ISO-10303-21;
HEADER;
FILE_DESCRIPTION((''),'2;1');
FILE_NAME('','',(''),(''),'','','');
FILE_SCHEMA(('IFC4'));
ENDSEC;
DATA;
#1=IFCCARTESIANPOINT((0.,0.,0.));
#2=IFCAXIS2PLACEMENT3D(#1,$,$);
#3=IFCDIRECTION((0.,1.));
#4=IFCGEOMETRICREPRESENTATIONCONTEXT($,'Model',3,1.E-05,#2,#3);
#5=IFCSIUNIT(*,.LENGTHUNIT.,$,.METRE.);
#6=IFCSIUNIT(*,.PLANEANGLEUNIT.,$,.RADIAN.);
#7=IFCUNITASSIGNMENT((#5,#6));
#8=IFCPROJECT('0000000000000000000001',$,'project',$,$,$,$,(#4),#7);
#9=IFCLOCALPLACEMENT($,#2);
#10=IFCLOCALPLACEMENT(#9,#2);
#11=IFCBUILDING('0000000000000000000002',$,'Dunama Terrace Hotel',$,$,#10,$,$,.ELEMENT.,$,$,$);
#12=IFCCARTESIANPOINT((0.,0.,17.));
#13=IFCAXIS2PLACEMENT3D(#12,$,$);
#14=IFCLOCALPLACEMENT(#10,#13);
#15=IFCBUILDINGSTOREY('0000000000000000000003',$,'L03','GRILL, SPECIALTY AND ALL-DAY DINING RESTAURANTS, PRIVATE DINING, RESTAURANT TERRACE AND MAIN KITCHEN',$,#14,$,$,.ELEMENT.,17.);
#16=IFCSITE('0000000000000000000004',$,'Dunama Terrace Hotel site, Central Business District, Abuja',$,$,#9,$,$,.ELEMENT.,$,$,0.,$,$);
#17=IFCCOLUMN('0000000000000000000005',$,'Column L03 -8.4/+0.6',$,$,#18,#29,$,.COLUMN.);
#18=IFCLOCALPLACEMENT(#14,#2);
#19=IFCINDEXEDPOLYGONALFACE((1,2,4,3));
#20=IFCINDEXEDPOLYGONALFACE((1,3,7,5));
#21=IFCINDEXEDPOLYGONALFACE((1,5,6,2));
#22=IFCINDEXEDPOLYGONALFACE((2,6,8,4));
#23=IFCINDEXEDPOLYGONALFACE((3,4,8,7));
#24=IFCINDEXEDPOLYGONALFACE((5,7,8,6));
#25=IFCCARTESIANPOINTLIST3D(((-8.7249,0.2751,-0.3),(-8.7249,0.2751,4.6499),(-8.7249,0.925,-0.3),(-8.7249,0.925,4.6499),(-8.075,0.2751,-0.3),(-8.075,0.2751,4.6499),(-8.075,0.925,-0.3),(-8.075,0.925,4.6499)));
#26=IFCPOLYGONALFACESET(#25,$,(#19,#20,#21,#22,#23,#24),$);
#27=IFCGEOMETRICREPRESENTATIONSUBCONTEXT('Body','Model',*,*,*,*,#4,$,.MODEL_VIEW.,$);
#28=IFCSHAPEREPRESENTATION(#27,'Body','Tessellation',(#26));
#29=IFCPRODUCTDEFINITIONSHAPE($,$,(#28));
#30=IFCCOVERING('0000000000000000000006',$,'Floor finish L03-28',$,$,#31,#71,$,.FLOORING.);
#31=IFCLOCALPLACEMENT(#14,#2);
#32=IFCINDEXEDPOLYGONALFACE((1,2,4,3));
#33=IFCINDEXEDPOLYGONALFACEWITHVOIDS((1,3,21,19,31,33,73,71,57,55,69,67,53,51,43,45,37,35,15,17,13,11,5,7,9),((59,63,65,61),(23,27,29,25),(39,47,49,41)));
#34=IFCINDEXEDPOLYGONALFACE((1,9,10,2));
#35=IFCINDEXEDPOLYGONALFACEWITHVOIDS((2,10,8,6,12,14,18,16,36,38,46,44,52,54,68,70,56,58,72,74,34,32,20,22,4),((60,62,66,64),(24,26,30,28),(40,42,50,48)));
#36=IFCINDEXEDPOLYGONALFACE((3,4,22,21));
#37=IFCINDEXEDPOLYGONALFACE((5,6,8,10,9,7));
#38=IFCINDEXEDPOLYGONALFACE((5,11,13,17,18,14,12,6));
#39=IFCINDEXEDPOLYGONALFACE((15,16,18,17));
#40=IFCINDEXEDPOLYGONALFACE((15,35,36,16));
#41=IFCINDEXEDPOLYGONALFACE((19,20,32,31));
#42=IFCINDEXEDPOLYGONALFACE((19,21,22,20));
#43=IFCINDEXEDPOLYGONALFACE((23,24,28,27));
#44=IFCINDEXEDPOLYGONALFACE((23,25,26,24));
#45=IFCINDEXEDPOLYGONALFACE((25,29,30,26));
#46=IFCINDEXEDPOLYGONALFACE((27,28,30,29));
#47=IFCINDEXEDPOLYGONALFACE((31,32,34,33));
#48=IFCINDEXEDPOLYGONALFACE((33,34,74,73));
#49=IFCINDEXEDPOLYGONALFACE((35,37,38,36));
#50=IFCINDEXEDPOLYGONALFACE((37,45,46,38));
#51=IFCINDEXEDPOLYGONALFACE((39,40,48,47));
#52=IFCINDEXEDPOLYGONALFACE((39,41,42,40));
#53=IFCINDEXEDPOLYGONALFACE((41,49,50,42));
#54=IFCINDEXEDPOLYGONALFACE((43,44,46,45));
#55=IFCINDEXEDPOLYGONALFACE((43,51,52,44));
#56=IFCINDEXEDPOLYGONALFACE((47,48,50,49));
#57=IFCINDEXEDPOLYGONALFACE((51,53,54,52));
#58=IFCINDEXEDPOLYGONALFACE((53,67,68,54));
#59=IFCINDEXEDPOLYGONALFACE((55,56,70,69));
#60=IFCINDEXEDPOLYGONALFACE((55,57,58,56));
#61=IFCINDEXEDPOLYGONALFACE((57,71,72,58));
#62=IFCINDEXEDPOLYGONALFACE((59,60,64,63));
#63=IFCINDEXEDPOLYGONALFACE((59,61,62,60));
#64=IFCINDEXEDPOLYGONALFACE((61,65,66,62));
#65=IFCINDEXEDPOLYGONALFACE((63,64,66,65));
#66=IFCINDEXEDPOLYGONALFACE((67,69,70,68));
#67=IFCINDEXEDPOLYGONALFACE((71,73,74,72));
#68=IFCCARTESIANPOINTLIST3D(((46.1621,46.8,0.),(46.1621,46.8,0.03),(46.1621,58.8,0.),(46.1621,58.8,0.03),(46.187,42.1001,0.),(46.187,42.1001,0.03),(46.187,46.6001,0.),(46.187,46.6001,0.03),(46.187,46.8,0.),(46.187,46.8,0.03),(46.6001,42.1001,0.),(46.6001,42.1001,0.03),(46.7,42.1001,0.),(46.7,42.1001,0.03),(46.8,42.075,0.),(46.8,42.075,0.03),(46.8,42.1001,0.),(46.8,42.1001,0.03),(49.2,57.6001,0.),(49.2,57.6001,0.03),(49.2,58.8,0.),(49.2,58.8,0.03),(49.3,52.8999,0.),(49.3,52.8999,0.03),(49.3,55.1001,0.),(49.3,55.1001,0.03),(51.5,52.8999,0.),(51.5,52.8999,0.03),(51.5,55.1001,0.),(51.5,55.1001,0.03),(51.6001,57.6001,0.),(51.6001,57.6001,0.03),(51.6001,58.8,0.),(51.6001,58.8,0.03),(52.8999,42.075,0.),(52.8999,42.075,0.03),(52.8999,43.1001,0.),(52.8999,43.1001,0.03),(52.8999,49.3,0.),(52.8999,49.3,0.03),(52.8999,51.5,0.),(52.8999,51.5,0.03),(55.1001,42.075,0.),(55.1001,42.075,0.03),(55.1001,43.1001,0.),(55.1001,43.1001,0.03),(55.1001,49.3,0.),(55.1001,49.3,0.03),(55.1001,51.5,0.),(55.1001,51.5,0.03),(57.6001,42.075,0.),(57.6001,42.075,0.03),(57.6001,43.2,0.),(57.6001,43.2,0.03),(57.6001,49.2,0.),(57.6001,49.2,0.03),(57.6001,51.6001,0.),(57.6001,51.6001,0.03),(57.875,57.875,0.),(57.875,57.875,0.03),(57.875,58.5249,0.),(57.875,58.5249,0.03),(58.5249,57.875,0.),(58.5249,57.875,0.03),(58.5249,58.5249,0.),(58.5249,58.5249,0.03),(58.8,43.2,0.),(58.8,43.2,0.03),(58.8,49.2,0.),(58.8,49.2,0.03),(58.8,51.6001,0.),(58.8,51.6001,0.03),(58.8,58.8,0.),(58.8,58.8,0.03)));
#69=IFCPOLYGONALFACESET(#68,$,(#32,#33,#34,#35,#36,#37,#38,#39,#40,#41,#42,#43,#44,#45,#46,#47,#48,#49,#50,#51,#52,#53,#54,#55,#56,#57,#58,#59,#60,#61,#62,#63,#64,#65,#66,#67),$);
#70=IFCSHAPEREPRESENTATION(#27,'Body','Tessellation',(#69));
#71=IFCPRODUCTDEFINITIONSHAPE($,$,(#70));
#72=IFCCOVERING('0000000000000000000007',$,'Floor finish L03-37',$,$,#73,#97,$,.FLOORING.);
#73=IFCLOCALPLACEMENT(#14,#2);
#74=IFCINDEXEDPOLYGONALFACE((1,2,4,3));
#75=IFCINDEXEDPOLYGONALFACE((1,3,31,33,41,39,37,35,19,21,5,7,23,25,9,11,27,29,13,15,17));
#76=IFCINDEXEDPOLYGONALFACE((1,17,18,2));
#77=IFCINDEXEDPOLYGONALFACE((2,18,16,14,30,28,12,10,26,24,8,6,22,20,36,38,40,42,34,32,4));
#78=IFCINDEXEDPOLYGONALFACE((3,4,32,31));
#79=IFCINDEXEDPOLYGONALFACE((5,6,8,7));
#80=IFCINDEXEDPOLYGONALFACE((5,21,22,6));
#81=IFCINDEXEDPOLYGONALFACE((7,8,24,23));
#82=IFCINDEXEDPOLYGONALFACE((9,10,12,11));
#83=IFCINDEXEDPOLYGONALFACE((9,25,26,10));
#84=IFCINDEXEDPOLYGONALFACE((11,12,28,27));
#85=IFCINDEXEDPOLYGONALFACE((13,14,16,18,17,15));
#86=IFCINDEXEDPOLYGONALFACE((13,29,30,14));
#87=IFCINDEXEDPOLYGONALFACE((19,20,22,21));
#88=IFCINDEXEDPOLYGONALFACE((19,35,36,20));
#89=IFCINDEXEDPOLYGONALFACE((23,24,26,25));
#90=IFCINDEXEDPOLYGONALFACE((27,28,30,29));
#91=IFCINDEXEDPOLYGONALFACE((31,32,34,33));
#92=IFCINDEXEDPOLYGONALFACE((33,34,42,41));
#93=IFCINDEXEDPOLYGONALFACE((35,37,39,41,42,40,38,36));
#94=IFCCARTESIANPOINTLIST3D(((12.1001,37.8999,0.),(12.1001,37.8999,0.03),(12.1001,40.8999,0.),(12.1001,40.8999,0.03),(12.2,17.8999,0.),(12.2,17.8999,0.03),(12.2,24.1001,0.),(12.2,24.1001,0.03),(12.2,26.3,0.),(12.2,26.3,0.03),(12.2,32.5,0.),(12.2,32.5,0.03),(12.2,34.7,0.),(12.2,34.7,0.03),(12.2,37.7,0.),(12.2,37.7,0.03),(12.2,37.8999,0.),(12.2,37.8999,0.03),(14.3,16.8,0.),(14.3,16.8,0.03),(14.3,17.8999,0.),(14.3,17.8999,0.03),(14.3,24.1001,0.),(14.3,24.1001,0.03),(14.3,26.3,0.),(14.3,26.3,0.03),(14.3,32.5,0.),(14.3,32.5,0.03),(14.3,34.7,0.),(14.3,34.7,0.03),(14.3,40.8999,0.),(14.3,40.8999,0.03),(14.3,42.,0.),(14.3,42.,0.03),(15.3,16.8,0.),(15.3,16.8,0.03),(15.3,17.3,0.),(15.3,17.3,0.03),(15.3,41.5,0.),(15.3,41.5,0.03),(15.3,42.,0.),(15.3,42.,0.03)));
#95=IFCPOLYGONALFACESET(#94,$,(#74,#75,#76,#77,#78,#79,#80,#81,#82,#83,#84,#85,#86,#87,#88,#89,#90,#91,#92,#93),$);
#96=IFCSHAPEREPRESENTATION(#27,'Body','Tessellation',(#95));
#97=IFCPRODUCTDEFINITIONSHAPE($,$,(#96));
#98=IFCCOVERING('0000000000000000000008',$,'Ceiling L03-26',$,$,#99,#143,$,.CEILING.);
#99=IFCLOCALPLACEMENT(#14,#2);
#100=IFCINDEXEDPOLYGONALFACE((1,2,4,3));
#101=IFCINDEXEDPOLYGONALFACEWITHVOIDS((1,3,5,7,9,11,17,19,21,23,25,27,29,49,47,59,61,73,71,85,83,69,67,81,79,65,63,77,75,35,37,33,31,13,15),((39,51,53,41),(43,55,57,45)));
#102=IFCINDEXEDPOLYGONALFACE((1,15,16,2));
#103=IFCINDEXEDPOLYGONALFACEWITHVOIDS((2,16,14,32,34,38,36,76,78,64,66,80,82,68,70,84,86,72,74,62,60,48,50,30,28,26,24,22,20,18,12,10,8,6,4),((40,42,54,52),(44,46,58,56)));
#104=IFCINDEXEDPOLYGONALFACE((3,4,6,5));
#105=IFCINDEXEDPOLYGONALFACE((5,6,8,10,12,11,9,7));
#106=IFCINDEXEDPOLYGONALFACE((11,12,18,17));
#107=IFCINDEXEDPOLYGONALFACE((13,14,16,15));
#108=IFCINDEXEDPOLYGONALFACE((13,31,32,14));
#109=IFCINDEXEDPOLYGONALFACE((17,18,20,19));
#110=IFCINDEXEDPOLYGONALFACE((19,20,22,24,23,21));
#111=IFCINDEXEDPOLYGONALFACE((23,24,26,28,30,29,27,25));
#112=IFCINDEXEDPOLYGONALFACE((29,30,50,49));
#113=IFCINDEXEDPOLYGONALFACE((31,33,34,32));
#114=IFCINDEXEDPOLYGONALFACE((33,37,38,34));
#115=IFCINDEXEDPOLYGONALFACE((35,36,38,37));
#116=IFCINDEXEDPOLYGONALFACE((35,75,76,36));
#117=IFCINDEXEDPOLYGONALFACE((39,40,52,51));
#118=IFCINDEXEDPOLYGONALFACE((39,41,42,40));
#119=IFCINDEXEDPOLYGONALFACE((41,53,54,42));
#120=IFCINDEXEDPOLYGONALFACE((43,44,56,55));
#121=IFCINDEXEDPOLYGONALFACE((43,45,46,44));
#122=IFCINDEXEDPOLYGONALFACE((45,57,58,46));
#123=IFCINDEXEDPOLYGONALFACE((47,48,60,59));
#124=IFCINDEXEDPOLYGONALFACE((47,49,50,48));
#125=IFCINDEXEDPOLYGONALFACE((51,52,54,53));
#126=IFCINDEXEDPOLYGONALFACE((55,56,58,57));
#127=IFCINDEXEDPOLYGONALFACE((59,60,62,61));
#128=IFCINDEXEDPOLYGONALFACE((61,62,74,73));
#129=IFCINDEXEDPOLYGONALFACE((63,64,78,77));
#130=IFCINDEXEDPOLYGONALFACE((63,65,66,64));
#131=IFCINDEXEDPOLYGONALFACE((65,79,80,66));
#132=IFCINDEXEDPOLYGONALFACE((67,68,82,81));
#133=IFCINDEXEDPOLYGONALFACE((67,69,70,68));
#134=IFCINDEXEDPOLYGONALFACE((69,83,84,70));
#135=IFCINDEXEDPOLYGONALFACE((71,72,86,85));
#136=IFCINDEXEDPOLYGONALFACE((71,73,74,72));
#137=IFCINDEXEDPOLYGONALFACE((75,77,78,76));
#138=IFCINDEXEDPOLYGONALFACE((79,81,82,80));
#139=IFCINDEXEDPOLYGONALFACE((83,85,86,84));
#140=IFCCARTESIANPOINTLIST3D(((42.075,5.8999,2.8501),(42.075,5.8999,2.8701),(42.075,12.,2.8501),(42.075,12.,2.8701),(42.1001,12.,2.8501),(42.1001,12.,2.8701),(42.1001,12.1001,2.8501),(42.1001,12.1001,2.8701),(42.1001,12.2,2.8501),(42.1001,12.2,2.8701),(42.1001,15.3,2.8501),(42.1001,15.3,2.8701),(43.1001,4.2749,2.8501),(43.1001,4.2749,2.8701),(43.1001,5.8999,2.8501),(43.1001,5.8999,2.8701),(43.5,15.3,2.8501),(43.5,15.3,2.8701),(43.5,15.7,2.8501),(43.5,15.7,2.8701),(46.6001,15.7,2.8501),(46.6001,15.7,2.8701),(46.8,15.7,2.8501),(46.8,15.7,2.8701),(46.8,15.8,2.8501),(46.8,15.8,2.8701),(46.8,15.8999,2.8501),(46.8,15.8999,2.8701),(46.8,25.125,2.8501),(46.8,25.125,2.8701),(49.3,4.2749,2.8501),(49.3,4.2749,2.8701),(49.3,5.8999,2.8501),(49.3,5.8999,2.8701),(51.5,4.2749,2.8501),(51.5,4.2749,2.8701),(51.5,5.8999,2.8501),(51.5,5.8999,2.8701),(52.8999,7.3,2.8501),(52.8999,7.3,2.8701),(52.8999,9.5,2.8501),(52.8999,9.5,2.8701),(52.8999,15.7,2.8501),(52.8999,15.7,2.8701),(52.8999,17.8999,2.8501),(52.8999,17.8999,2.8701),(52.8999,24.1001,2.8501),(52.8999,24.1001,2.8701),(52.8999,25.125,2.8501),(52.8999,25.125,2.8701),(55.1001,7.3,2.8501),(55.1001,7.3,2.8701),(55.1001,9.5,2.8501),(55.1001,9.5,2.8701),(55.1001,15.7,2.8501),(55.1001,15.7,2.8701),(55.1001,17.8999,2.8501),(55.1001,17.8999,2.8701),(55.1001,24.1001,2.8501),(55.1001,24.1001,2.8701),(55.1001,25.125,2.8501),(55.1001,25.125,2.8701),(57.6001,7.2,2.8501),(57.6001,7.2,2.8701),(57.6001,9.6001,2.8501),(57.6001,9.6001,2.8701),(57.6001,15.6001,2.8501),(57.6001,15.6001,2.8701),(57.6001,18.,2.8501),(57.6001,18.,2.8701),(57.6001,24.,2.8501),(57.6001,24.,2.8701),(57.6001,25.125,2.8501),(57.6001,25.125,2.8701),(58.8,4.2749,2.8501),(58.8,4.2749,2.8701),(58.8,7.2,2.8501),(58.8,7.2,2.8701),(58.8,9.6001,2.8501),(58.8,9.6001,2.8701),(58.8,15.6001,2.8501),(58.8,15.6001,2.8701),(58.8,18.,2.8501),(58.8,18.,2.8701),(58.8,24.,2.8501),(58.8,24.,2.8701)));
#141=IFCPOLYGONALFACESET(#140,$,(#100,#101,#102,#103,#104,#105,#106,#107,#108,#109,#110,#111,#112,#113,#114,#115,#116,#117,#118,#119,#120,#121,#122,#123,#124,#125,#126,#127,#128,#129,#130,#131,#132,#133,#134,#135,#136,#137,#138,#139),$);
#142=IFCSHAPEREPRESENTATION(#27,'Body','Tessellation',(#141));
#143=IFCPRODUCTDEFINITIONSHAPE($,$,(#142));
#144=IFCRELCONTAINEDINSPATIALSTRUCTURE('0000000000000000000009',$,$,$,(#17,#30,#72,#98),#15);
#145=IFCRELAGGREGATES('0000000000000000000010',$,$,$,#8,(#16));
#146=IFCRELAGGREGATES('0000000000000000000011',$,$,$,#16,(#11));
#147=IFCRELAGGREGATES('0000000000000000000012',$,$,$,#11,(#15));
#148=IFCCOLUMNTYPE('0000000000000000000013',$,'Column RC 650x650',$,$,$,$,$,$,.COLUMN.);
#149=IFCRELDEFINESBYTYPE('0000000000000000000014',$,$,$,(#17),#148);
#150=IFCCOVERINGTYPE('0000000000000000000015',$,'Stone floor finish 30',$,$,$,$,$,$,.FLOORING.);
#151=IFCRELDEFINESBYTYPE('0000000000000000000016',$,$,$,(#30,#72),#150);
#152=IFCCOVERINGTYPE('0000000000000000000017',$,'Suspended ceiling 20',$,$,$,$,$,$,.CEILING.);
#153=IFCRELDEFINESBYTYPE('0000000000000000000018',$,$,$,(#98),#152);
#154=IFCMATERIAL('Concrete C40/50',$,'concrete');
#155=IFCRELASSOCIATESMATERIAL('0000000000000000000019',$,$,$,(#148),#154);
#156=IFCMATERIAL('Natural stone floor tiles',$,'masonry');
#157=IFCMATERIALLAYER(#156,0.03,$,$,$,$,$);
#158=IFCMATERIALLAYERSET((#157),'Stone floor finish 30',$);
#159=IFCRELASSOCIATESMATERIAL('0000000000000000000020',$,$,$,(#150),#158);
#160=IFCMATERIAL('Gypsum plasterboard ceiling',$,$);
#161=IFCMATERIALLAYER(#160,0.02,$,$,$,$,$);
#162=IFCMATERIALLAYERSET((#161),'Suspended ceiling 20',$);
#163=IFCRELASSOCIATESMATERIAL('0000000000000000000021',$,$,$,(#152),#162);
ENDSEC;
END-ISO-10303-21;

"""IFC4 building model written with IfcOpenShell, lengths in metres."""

from ifc_helpers import new_model, si_unit, direction, frame, origin, origin_2d, place, context, subcontext, project, spatial, polyline, rectangle, outline, extrude, material, layer, layer_set, material_profile, profile_set, type_object, element, save


model = new_model("IFC4")

# Units and contexts
model_context = context("Model", 3, precision=1e-05, world=origin(), true_north=direction((0.0, 1.0)))
body_context = subcontext(model_context, "Body", "Model", "MODEL_VIEW")
ifc_project = project(units=[si_unit("LENGTHUNIT", "METRE"), si_unit("PLANEANGLEUNIT", "RADIAN")], contexts=[model_context])

# Site, building, storey
site_placement = place(None, origin())
site = spatial("IfcSite", under=ifc_project, at=site_placement, Name="Dunama Terrace Hotel site, Central Business District, Abuja", CompositionType="ELEMENT", RefElevation=0.0)
building_placement = place(site_placement, origin())
building = spatial("IfcBuilding", under=site, at=building_placement, Name="Dunama Terrace Hotel", CompositionType="ELEMENT")
storey_placement = place(building_placement, frame((0.0, 0.0, 17.0)))
storey = spatial("IfcBuildingStorey", under=building, at=storey_placement, Name="L03", Description="GRILL, SPECIALTY AND ALL-DAY DINING RESTAURANTS, PRIVATE DINING, RESTAURANT TERRACE AND MAIN KITCHEN", CompositionType="ELEMENT", Elevation=17.0)

# Column
ifc_material_1 = material(Name="Concrete C40/50", Category="concrete")
ifc_material_profile = material_profile(ifc_material_1, rectangle(XDim=0.6499, YDim=0.6499, at=origin_2d()), Name="RC 650x650")
ifc_profile_set = profile_set([ifc_material_profile], Name="Concrete C40/50")
column_type = type_object("IfcColumnType", Name="Column RC 650x650", PredefinedType="COLUMN", material=ifc_profile_set)
column_placement = place(storey_placement, frame((-8.3999, 0.6001, -0.3), z_axis=(0.0, 0.0, 1.0), x_axis=(1.0, 0.0, 0.0)))
element("IfcColumn", 1, at=column_placement, inside=storey, type_object=column_type, Name="Column L03 -8.4/+0.6", PredefinedType="COLUMN", context=body_context, shape_type="SweptSolid", body=[
    extrude(rectangle(XDim=0.6499, YDim=0.6499, at=origin_2d()), origin(), (0.0, 0.0, 1.0), 4.95),
])

# Coverings
ifc_material_2 = material(Name="Natural stone floor tiles", Category="masonry")
ifc_layer_1 = layer(ifc_material_2, 0.03)
ifc_layer_set_1 = layer_set([ifc_layer_1], Name="Stone floor finish 30")
covering_type_1 = type_object("IfcCoveringType", Name="Stone floor finish 30", PredefinedType="FLOORING", material=ifc_layer_set_1)
covering_1_placement = place(storey_placement, origin())
element("IfcCovering", 2, at=covering_1_placement, inside=storey, type_object=covering_type_1, Name="Floor finish L03-28", PredefinedType="FLOORING", context=body_context, shape_type="SweptSolid", body=[
    extrude(outline(polyline([(49.2, 58.8), (46.1621, 58.8), (46.1621, 46.8), (46.187, 46.8), (46.187, 46.6001), (46.187, 42.1001), (46.6001, 42.1001), (46.7, 42.1001), (46.8, 42.1001), (46.8, 42.075), (52.8999, 42.075), (52.8999, 43.1001), (55.1001, 43.1001), (55.1001, 42.075), (57.6001, 42.075), (57.6001, 43.2), (58.8, 43.2), (58.8, 49.2), (57.6001, 49.2), (57.6001, 51.6001), (58.8, 51.6001), (58.8, 58.8), (51.6001, 58.8), (51.6001, 57.6001), (49.2, 57.6001), (49.2, 58.8)]), holes=[polyline([(52.8999, 51.5), (55.1001, 51.5), (55.1001, 49.3), (52.8999, 49.3), (52.8999, 51.5)]), polyline([(49.3, 55.1001), (51.5, 55.1001), (51.5, 52.8999), (49.3, 52.8999), (49.3, 55.1001)]), polyline([(58.5249, 58.5249), (58.5249, 57.875), (57.875, 57.875), (57.875, 58.5249), (58.5249, 58.5249)])]), origin(), (0.0, 0.0, 1.0), 0.03),
])
covering_2_placement = place(storey_placement, origin())
element("IfcCovering", 3, at=covering_2_placement, inside=storey, type_object=covering_type_1, Name="Floor finish L03-37", PredefinedType="FLOORING", context=body_context, shape_type="SweptSolid", body=[
    extrude(outline(polyline([(14.3, 16.8), (15.3, 16.8), (15.3, 17.3), (15.3, 41.5), (15.3, 42.0), (14.3, 42.0), (14.3, 40.8999), (12.1001, 40.8999), (12.1001, 37.8999), (12.2, 37.8999), (12.2, 37.7), (12.2, 34.7), (14.3, 34.7), (14.3, 32.5), (12.2, 32.5), (12.2, 26.3), (14.3, 26.3), (14.3, 24.1001), (12.2, 24.1001), (12.2, 17.8999), (14.3, 17.8999), (14.3, 16.8)])), origin(), (0.0, 0.0, 1.0), 0.03),
])
ifc_material_3 = material(Name="Gypsum plasterboard ceiling")
ifc_layer_2 = layer(ifc_material_3, 0.02)
ifc_layer_set_2 = layer_set([ifc_layer_2], Name="Suspended ceiling 20")
covering_type_2 = type_object("IfcCoveringType", Name="Suspended ceiling 20", PredefinedType="CEILING", material=ifc_layer_set_2)
covering_3_placement = place(storey_placement, frame((0.0, 0.0, 2.8501)))
element("IfcCovering", 4, at=covering_3_placement, inside=storey, type_object=covering_type_2, Name="Ceiling L03-26", PredefinedType="CEILING", context=body_context, shape_type="SweptSolid", body=[
    extrude(outline(polyline([(57.6001, 18.0), (58.8, 18.0), (58.8, 24.0), (57.6001, 24.0), (57.6001, 25.125), (55.1001, 25.125), (55.1001, 24.1001), (52.8999, 24.1001), (52.8999, 25.125), (46.8, 25.125), (46.8, 15.8999), (46.8, 15.8), (46.8, 15.7), (46.6001, 15.7), (43.5, 15.7), (43.5, 15.3), (42.1001, 15.3), (42.1001, 12.2), (42.1001, 12.1001), (42.1001, 12.0), (42.075, 12.0), (42.075, 5.8999), (43.1001, 5.8999), (43.1001, 4.2749), (49.3, 4.2749), (49.3, 5.8999), (51.5, 5.8999), (51.5, 4.2749), (58.8, 4.2749), (58.8, 7.2), (57.6001, 7.2), (57.6001, 9.6001), (58.8, 9.6001), (58.8, 15.6001), (57.6001, 15.6001), (57.6001, 18.0)]), holes=[polyline([(52.8999, 9.5), (55.1001, 9.5), (55.1001, 7.3), (52.8999, 7.3), (52.8999, 9.5)]), polyline([(52.8999, 15.7), (52.8999, 17.8999), (55.1001, 17.8999), (55.1001, 15.7), (52.8999, 15.7)])]), origin(), (0.0, 0.0, 1.0), 0.02),
])

save(model, "model.ifc")
